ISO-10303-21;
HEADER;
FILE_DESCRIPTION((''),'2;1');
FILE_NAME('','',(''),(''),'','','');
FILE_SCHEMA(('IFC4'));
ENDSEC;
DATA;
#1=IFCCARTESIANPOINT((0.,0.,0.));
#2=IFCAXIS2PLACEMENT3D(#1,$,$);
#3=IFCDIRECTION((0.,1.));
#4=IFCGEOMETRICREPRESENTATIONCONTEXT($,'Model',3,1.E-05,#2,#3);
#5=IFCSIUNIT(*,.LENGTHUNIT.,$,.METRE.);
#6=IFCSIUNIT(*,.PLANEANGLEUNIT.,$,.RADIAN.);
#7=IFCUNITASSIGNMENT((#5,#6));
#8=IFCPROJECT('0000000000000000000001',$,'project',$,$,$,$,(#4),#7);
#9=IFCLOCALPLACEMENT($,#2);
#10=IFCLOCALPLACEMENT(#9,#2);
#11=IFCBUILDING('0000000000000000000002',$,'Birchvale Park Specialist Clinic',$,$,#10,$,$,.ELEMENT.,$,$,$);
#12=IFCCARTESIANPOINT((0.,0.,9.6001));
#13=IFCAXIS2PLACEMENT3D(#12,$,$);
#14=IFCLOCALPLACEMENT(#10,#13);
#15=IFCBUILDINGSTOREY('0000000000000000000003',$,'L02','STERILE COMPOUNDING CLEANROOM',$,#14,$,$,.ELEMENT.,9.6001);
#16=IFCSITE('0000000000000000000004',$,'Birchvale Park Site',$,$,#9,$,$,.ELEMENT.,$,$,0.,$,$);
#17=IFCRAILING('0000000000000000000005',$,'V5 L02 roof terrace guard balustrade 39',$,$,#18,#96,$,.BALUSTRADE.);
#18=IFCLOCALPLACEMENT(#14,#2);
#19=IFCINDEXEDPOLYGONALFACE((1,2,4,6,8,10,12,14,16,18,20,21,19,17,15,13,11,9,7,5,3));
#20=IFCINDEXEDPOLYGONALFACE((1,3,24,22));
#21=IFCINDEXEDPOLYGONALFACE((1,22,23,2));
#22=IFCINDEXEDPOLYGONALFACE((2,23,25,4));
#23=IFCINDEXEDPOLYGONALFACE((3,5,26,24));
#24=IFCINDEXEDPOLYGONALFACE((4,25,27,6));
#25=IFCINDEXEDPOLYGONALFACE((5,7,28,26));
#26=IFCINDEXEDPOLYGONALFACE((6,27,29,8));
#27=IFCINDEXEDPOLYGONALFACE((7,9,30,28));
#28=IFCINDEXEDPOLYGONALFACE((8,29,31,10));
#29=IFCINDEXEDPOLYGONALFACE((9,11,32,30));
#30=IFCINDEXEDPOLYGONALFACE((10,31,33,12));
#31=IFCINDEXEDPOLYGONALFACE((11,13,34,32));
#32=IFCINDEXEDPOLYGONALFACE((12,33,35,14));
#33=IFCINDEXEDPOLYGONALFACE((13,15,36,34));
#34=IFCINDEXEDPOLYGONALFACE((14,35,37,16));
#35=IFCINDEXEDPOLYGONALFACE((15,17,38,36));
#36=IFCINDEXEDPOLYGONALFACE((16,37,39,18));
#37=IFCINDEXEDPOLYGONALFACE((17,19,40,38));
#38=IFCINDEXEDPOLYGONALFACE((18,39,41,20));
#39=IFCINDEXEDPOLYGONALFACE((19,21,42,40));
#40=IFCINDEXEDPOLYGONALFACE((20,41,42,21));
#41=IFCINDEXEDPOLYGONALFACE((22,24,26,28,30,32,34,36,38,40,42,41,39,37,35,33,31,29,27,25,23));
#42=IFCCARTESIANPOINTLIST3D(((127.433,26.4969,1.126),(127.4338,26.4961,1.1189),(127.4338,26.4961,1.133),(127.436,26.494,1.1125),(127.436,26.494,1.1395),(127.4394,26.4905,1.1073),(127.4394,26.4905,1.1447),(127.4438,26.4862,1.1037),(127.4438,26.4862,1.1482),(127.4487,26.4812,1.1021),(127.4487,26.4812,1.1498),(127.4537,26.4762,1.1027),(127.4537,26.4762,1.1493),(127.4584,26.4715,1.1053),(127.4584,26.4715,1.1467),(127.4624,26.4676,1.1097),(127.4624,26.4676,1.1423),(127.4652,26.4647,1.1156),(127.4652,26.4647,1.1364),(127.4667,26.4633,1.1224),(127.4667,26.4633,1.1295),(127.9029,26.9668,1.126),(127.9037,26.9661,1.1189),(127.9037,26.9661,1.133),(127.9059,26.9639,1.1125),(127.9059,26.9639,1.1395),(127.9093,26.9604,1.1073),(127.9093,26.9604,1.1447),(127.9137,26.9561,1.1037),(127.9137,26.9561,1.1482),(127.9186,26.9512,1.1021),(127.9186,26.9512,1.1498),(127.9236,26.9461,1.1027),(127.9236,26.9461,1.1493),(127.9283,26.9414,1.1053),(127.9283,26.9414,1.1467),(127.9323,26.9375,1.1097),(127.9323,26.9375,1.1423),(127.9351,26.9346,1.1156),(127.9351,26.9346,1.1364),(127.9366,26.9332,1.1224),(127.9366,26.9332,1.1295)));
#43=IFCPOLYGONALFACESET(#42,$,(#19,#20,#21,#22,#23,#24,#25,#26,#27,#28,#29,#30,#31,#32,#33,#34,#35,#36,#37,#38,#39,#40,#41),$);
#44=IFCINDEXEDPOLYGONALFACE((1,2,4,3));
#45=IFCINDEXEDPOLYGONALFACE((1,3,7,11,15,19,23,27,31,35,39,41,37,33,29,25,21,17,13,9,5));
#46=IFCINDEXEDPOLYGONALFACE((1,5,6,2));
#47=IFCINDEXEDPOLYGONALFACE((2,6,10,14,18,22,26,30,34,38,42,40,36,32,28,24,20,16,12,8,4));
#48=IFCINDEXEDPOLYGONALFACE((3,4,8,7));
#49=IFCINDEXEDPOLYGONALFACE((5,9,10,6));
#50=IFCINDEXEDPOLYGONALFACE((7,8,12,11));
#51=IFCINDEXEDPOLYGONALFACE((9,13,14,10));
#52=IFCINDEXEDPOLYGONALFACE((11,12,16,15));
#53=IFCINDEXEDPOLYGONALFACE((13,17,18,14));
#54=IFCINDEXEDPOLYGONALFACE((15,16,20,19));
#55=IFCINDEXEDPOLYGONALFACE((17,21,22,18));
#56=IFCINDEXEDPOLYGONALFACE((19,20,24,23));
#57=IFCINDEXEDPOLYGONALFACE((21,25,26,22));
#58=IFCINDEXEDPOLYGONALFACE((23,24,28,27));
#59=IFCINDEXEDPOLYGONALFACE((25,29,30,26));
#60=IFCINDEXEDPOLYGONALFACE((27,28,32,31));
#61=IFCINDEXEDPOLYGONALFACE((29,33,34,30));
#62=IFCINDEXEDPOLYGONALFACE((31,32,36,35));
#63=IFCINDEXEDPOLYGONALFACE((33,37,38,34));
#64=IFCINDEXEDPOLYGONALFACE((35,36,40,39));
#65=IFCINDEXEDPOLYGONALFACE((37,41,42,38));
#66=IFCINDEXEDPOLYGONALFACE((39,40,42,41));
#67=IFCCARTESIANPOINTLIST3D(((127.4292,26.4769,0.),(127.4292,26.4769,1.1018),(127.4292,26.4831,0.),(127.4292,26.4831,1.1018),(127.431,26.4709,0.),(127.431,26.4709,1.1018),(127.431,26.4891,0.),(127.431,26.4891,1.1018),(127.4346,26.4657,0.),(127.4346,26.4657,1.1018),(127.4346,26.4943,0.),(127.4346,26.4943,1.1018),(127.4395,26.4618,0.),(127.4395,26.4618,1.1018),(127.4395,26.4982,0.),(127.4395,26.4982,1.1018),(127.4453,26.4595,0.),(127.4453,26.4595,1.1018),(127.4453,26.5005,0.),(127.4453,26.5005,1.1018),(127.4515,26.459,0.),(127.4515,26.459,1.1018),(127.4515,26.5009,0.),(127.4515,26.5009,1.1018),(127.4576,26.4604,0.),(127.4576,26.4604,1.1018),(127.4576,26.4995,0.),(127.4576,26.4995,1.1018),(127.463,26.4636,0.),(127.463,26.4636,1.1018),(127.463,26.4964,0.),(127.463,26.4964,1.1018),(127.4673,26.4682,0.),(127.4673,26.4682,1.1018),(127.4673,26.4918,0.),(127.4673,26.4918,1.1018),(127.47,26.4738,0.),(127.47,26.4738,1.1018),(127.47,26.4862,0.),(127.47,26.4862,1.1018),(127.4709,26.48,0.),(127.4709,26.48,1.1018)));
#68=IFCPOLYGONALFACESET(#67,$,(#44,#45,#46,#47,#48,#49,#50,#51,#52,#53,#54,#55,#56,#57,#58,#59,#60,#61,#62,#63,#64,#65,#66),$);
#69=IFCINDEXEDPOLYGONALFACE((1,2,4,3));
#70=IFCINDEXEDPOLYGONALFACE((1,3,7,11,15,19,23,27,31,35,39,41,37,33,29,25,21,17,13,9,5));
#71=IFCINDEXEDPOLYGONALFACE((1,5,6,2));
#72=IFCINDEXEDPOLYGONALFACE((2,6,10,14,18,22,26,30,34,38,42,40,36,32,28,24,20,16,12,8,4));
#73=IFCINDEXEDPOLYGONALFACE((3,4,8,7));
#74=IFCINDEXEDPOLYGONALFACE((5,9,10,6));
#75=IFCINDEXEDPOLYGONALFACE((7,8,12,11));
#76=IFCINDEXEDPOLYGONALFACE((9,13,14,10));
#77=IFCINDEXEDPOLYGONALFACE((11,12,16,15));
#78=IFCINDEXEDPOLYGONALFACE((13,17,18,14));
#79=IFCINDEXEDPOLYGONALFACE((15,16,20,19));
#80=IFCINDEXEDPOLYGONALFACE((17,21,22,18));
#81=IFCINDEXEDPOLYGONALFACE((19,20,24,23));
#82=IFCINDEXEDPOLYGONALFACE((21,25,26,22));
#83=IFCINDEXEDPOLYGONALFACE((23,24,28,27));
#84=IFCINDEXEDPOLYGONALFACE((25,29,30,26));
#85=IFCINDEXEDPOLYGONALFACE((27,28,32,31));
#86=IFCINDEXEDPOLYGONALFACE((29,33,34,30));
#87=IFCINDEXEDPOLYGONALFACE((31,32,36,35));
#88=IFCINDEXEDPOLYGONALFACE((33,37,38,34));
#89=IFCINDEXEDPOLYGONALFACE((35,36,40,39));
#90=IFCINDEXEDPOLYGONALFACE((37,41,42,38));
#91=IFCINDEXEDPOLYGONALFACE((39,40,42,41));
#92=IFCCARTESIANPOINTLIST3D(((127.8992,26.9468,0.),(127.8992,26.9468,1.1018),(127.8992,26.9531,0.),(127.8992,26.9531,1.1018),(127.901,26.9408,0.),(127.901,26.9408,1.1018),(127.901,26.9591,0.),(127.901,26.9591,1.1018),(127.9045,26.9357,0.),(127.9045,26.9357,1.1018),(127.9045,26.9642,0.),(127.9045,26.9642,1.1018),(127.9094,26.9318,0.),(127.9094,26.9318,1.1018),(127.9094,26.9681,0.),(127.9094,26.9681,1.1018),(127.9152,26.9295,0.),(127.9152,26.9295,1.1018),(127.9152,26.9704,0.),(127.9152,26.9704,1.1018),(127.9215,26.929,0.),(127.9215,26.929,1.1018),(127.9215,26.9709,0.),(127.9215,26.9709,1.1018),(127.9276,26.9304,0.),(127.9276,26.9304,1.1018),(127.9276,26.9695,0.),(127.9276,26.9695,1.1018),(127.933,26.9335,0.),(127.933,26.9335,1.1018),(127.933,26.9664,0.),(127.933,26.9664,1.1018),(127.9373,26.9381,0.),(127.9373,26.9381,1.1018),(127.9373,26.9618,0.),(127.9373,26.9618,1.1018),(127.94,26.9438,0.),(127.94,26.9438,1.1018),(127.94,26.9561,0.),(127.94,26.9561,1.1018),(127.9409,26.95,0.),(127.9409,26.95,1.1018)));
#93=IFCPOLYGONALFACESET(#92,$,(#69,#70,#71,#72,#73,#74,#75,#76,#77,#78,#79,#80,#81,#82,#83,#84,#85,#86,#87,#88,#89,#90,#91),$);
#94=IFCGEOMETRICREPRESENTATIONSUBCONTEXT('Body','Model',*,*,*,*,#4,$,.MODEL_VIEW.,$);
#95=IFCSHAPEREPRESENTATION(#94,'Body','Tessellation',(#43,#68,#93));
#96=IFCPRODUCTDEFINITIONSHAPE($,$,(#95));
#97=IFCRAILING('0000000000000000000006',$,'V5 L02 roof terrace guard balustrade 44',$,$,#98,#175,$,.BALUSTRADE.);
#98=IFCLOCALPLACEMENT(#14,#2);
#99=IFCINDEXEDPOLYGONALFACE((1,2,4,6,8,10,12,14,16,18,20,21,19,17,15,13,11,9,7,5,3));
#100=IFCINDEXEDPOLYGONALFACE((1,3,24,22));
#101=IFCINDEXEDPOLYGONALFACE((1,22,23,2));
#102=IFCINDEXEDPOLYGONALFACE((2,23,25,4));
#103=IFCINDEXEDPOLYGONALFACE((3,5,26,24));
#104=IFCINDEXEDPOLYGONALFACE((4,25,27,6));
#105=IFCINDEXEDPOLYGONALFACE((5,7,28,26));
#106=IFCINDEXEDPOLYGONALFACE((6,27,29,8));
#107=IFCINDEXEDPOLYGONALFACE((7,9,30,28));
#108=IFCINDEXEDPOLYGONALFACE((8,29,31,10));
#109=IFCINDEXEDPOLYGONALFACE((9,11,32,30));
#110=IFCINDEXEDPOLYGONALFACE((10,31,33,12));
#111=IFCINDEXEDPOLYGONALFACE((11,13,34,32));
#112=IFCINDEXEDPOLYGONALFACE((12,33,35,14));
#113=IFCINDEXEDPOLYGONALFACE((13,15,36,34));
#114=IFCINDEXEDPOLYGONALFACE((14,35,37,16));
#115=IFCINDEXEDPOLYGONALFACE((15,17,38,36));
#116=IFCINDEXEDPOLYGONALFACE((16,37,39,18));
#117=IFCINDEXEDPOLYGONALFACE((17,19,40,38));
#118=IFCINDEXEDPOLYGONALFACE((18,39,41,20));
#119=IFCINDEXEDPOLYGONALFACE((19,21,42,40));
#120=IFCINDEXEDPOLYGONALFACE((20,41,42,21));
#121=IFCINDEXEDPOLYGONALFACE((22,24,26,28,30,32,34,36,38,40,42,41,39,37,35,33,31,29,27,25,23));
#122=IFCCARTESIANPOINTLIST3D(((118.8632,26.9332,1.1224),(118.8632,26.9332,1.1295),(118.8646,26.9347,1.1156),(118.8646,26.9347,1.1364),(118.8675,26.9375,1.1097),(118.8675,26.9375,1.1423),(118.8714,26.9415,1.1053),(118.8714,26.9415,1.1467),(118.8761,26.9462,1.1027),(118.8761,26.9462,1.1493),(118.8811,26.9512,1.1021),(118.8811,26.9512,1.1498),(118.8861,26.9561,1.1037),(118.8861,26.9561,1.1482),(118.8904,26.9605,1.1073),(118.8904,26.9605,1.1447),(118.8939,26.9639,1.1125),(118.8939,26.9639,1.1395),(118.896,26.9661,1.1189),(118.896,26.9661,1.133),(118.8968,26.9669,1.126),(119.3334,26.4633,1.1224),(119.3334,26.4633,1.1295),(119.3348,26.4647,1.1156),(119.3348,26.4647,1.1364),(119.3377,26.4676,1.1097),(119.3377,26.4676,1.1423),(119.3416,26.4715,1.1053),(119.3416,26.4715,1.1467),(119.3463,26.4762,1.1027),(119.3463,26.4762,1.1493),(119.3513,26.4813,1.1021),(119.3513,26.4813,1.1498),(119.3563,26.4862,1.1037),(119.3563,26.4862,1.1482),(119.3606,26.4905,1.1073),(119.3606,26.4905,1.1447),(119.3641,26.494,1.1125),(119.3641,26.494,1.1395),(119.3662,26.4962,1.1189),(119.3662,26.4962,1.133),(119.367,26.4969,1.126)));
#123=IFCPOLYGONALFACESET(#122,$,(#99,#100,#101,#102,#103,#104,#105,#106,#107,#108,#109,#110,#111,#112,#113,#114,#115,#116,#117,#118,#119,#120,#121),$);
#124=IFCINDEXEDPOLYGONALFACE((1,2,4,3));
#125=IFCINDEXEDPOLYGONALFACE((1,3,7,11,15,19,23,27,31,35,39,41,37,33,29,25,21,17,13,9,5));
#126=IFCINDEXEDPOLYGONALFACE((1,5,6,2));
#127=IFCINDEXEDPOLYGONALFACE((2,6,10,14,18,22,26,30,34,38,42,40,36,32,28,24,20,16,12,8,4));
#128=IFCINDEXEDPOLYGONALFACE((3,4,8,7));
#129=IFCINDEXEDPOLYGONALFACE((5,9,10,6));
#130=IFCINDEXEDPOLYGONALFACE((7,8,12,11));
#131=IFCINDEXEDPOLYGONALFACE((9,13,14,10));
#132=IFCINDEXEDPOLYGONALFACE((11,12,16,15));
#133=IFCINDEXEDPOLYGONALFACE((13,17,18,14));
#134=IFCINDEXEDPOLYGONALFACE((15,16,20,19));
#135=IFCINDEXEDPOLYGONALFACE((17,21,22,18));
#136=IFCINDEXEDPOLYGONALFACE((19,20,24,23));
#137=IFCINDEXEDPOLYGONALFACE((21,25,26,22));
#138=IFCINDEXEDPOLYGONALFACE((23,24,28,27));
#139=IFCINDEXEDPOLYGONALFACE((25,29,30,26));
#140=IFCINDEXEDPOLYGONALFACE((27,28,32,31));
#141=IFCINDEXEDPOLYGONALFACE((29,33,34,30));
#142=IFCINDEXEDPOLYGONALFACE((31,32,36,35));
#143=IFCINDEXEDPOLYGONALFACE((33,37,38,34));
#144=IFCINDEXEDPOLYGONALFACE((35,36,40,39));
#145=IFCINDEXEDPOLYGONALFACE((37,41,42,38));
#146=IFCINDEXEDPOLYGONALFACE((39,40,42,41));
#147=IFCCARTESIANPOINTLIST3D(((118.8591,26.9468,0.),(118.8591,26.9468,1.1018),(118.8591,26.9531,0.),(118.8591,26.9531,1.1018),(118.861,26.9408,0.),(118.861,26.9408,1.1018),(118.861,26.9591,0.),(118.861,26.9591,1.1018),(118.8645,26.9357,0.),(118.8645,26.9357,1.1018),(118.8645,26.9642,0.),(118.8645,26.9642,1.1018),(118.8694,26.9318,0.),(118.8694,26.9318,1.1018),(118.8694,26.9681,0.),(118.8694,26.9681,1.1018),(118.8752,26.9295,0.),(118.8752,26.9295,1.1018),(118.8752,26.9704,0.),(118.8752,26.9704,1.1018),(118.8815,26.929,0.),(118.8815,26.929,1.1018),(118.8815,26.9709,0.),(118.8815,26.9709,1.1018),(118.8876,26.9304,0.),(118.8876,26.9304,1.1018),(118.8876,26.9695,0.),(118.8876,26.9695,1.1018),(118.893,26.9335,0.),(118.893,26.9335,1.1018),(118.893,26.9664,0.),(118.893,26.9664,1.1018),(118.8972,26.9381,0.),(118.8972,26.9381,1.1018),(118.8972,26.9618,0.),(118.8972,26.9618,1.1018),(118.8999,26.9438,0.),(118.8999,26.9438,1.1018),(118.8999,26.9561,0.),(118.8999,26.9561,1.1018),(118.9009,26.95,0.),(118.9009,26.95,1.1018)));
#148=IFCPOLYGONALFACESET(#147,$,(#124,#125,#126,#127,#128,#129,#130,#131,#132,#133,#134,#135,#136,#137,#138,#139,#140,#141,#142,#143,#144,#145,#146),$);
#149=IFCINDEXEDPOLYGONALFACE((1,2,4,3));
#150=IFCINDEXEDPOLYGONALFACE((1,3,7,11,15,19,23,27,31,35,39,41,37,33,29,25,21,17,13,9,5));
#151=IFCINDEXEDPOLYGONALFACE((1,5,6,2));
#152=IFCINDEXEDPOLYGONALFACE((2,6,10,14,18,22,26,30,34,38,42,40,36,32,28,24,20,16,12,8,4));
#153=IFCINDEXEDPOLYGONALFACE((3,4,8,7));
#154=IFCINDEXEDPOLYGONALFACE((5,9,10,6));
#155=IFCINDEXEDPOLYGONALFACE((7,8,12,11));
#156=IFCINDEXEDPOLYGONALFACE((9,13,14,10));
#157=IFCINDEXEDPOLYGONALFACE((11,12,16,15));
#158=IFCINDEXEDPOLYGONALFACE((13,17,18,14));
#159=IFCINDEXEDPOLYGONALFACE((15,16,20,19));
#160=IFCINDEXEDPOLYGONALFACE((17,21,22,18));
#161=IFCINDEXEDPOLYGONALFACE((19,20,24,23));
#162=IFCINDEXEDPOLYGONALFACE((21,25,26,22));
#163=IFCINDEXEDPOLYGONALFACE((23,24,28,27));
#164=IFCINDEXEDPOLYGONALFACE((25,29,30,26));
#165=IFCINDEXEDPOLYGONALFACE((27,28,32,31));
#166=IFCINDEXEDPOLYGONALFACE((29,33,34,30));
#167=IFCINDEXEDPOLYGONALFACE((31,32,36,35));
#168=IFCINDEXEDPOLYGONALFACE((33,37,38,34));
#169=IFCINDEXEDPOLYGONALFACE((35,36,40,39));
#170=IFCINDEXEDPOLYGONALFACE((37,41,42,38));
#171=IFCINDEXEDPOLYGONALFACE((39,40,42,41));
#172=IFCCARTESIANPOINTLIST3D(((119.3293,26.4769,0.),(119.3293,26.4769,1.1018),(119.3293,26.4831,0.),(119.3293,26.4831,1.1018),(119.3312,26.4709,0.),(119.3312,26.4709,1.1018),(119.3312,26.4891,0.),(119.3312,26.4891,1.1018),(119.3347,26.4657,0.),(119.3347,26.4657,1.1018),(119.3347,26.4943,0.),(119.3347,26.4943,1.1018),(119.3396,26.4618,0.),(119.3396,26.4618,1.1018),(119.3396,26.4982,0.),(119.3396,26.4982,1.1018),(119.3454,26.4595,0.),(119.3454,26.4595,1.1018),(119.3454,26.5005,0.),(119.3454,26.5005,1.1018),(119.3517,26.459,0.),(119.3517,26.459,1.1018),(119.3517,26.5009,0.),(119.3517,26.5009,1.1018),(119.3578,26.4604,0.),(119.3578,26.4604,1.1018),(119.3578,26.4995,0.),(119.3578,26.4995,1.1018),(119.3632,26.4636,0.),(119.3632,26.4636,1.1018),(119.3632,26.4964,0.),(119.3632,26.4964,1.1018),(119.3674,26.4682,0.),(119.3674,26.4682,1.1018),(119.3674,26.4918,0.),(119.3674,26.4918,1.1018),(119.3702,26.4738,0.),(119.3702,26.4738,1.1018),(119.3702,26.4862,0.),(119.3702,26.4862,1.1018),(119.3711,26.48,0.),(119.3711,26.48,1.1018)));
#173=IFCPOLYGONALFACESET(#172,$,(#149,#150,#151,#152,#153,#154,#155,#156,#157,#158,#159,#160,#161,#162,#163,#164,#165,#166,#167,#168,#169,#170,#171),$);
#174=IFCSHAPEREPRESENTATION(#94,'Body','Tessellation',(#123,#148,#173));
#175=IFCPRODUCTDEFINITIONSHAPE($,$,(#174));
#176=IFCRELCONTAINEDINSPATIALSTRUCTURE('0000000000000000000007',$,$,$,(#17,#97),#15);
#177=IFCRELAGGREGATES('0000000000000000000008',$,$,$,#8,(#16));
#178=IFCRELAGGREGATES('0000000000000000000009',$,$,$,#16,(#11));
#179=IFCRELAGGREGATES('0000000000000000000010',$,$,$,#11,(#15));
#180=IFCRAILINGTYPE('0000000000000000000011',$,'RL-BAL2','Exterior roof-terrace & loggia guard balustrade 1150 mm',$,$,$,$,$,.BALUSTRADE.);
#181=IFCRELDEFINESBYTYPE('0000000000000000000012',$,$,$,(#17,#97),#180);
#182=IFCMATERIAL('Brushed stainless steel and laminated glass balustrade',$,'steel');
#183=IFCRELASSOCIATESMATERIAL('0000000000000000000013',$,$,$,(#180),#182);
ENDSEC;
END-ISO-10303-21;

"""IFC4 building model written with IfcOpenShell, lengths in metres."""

from ifc_helpers import new_model, si_unit, direction, frame, origin, origin_2d, place, context, subcontext, project, spatial, circle, extrude, material, type_object, element, save


model = new_model("IFC4")

# Units and contexts
model_context = context("Model", 3, precision=1e-05, world=origin(), true_north=direction((0.0, 1.0)))
body_context = subcontext(model_context, "Body", "Model", "MODEL_VIEW")
ifc_project = project(units=[si_unit("LENGTHUNIT", "METRE"), si_unit("PLANEANGLEUNIT", "RADIAN")], contexts=[model_context])

# Site, building, storey
site_placement = place(None, origin())
site = spatial("IfcSite", under=ifc_project, at=site_placement, Name="Birchvale Park Site", CompositionType="ELEMENT", RefElevation=0.0)
building_placement = place(site_placement, origin())
building = spatial("IfcBuilding", under=site, at=building_placement, Name="Birchvale Park Specialist Clinic", CompositionType="ELEMENT")
storey_placement = place(building_placement, frame((0.0, 0.0, 9.6001)))
storey = spatial("IfcBuildingStorey", under=building, at=storey_placement, Name="L02", Description="STERILE COMPOUNDING CLEANROOM", CompositionType="ELEMENT", Elevation=9.6001)

# Railings
ifc_material_1 = material(Name="Brushed stainless steel and laminated glass balustrade", Category="steel")
railing_type = type_object("IfcRailingType", Name="RL-BAL2", Description="Exterior roof-terrace & loggia guard balustrade 1150 mm", PredefinedType="BALUSTRADE", material=ifc_material_1)
railing_1_placement = place(storey_placement, frame((127.45, 26.48, 0.0)))
element("IfcRailing", 1, at=railing_1_placement, inside=storey, type_object=railing_type, Name="V5 L02 roof terrace guard balustrade 39", PredefinedType="BALUSTRADE", context=body_context, shape_type="SweptSolid", body=[
    extrude(circle(Radius=0.0239, at=origin_2d()), frame((0.0, 0.0, 1.126), z_axis=(0.707107, 0.707107, 0.0), x_axis=(-0.707107, 0.707107, 0.0)), (0.0, 0.0, 1.0), 0.6646),
    extrude(circle(Radius=0.021, at=origin_2d()), origin(), (0.0, 0.0, 1.0), 1.1018),
    extrude(circle(Radius=0.021, at=origin_2d()), frame((0.47, 0.47, 0.0)), (0.0, 0.0, 1.0), 1.1018),
])
railing_2_placement = place(storey_placement, frame((118.8799, 26.95, 0.0)))
element("IfcRailing", 2, at=railing_2_placement, inside=storey, type_object=railing_type, Name="V5 L02 roof terrace guard balustrade 44", PredefinedType="BALUSTRADE", context=body_context, shape_type="SweptSolid", body=[
    extrude(circle(Radius=0.0239, at=origin_2d()), frame((0.0, 0.0, 1.126), z_axis=(0.70729, -0.706923, 0.0), x_axis=(0.706923, 0.70729, 0.0)), (0.0, 0.0, 1.0), 0.6648),
    extrude(circle(Radius=0.021, at=origin_2d()), origin(), (0.0, 0.0, 1.0), 1.1018),
    extrude(circle(Radius=0.021, at=origin_2d()), frame((0.4702, -0.47, 0.0)), (0.0, 0.0, 1.0), 1.1018),
])

save(model, "model.ifc")
